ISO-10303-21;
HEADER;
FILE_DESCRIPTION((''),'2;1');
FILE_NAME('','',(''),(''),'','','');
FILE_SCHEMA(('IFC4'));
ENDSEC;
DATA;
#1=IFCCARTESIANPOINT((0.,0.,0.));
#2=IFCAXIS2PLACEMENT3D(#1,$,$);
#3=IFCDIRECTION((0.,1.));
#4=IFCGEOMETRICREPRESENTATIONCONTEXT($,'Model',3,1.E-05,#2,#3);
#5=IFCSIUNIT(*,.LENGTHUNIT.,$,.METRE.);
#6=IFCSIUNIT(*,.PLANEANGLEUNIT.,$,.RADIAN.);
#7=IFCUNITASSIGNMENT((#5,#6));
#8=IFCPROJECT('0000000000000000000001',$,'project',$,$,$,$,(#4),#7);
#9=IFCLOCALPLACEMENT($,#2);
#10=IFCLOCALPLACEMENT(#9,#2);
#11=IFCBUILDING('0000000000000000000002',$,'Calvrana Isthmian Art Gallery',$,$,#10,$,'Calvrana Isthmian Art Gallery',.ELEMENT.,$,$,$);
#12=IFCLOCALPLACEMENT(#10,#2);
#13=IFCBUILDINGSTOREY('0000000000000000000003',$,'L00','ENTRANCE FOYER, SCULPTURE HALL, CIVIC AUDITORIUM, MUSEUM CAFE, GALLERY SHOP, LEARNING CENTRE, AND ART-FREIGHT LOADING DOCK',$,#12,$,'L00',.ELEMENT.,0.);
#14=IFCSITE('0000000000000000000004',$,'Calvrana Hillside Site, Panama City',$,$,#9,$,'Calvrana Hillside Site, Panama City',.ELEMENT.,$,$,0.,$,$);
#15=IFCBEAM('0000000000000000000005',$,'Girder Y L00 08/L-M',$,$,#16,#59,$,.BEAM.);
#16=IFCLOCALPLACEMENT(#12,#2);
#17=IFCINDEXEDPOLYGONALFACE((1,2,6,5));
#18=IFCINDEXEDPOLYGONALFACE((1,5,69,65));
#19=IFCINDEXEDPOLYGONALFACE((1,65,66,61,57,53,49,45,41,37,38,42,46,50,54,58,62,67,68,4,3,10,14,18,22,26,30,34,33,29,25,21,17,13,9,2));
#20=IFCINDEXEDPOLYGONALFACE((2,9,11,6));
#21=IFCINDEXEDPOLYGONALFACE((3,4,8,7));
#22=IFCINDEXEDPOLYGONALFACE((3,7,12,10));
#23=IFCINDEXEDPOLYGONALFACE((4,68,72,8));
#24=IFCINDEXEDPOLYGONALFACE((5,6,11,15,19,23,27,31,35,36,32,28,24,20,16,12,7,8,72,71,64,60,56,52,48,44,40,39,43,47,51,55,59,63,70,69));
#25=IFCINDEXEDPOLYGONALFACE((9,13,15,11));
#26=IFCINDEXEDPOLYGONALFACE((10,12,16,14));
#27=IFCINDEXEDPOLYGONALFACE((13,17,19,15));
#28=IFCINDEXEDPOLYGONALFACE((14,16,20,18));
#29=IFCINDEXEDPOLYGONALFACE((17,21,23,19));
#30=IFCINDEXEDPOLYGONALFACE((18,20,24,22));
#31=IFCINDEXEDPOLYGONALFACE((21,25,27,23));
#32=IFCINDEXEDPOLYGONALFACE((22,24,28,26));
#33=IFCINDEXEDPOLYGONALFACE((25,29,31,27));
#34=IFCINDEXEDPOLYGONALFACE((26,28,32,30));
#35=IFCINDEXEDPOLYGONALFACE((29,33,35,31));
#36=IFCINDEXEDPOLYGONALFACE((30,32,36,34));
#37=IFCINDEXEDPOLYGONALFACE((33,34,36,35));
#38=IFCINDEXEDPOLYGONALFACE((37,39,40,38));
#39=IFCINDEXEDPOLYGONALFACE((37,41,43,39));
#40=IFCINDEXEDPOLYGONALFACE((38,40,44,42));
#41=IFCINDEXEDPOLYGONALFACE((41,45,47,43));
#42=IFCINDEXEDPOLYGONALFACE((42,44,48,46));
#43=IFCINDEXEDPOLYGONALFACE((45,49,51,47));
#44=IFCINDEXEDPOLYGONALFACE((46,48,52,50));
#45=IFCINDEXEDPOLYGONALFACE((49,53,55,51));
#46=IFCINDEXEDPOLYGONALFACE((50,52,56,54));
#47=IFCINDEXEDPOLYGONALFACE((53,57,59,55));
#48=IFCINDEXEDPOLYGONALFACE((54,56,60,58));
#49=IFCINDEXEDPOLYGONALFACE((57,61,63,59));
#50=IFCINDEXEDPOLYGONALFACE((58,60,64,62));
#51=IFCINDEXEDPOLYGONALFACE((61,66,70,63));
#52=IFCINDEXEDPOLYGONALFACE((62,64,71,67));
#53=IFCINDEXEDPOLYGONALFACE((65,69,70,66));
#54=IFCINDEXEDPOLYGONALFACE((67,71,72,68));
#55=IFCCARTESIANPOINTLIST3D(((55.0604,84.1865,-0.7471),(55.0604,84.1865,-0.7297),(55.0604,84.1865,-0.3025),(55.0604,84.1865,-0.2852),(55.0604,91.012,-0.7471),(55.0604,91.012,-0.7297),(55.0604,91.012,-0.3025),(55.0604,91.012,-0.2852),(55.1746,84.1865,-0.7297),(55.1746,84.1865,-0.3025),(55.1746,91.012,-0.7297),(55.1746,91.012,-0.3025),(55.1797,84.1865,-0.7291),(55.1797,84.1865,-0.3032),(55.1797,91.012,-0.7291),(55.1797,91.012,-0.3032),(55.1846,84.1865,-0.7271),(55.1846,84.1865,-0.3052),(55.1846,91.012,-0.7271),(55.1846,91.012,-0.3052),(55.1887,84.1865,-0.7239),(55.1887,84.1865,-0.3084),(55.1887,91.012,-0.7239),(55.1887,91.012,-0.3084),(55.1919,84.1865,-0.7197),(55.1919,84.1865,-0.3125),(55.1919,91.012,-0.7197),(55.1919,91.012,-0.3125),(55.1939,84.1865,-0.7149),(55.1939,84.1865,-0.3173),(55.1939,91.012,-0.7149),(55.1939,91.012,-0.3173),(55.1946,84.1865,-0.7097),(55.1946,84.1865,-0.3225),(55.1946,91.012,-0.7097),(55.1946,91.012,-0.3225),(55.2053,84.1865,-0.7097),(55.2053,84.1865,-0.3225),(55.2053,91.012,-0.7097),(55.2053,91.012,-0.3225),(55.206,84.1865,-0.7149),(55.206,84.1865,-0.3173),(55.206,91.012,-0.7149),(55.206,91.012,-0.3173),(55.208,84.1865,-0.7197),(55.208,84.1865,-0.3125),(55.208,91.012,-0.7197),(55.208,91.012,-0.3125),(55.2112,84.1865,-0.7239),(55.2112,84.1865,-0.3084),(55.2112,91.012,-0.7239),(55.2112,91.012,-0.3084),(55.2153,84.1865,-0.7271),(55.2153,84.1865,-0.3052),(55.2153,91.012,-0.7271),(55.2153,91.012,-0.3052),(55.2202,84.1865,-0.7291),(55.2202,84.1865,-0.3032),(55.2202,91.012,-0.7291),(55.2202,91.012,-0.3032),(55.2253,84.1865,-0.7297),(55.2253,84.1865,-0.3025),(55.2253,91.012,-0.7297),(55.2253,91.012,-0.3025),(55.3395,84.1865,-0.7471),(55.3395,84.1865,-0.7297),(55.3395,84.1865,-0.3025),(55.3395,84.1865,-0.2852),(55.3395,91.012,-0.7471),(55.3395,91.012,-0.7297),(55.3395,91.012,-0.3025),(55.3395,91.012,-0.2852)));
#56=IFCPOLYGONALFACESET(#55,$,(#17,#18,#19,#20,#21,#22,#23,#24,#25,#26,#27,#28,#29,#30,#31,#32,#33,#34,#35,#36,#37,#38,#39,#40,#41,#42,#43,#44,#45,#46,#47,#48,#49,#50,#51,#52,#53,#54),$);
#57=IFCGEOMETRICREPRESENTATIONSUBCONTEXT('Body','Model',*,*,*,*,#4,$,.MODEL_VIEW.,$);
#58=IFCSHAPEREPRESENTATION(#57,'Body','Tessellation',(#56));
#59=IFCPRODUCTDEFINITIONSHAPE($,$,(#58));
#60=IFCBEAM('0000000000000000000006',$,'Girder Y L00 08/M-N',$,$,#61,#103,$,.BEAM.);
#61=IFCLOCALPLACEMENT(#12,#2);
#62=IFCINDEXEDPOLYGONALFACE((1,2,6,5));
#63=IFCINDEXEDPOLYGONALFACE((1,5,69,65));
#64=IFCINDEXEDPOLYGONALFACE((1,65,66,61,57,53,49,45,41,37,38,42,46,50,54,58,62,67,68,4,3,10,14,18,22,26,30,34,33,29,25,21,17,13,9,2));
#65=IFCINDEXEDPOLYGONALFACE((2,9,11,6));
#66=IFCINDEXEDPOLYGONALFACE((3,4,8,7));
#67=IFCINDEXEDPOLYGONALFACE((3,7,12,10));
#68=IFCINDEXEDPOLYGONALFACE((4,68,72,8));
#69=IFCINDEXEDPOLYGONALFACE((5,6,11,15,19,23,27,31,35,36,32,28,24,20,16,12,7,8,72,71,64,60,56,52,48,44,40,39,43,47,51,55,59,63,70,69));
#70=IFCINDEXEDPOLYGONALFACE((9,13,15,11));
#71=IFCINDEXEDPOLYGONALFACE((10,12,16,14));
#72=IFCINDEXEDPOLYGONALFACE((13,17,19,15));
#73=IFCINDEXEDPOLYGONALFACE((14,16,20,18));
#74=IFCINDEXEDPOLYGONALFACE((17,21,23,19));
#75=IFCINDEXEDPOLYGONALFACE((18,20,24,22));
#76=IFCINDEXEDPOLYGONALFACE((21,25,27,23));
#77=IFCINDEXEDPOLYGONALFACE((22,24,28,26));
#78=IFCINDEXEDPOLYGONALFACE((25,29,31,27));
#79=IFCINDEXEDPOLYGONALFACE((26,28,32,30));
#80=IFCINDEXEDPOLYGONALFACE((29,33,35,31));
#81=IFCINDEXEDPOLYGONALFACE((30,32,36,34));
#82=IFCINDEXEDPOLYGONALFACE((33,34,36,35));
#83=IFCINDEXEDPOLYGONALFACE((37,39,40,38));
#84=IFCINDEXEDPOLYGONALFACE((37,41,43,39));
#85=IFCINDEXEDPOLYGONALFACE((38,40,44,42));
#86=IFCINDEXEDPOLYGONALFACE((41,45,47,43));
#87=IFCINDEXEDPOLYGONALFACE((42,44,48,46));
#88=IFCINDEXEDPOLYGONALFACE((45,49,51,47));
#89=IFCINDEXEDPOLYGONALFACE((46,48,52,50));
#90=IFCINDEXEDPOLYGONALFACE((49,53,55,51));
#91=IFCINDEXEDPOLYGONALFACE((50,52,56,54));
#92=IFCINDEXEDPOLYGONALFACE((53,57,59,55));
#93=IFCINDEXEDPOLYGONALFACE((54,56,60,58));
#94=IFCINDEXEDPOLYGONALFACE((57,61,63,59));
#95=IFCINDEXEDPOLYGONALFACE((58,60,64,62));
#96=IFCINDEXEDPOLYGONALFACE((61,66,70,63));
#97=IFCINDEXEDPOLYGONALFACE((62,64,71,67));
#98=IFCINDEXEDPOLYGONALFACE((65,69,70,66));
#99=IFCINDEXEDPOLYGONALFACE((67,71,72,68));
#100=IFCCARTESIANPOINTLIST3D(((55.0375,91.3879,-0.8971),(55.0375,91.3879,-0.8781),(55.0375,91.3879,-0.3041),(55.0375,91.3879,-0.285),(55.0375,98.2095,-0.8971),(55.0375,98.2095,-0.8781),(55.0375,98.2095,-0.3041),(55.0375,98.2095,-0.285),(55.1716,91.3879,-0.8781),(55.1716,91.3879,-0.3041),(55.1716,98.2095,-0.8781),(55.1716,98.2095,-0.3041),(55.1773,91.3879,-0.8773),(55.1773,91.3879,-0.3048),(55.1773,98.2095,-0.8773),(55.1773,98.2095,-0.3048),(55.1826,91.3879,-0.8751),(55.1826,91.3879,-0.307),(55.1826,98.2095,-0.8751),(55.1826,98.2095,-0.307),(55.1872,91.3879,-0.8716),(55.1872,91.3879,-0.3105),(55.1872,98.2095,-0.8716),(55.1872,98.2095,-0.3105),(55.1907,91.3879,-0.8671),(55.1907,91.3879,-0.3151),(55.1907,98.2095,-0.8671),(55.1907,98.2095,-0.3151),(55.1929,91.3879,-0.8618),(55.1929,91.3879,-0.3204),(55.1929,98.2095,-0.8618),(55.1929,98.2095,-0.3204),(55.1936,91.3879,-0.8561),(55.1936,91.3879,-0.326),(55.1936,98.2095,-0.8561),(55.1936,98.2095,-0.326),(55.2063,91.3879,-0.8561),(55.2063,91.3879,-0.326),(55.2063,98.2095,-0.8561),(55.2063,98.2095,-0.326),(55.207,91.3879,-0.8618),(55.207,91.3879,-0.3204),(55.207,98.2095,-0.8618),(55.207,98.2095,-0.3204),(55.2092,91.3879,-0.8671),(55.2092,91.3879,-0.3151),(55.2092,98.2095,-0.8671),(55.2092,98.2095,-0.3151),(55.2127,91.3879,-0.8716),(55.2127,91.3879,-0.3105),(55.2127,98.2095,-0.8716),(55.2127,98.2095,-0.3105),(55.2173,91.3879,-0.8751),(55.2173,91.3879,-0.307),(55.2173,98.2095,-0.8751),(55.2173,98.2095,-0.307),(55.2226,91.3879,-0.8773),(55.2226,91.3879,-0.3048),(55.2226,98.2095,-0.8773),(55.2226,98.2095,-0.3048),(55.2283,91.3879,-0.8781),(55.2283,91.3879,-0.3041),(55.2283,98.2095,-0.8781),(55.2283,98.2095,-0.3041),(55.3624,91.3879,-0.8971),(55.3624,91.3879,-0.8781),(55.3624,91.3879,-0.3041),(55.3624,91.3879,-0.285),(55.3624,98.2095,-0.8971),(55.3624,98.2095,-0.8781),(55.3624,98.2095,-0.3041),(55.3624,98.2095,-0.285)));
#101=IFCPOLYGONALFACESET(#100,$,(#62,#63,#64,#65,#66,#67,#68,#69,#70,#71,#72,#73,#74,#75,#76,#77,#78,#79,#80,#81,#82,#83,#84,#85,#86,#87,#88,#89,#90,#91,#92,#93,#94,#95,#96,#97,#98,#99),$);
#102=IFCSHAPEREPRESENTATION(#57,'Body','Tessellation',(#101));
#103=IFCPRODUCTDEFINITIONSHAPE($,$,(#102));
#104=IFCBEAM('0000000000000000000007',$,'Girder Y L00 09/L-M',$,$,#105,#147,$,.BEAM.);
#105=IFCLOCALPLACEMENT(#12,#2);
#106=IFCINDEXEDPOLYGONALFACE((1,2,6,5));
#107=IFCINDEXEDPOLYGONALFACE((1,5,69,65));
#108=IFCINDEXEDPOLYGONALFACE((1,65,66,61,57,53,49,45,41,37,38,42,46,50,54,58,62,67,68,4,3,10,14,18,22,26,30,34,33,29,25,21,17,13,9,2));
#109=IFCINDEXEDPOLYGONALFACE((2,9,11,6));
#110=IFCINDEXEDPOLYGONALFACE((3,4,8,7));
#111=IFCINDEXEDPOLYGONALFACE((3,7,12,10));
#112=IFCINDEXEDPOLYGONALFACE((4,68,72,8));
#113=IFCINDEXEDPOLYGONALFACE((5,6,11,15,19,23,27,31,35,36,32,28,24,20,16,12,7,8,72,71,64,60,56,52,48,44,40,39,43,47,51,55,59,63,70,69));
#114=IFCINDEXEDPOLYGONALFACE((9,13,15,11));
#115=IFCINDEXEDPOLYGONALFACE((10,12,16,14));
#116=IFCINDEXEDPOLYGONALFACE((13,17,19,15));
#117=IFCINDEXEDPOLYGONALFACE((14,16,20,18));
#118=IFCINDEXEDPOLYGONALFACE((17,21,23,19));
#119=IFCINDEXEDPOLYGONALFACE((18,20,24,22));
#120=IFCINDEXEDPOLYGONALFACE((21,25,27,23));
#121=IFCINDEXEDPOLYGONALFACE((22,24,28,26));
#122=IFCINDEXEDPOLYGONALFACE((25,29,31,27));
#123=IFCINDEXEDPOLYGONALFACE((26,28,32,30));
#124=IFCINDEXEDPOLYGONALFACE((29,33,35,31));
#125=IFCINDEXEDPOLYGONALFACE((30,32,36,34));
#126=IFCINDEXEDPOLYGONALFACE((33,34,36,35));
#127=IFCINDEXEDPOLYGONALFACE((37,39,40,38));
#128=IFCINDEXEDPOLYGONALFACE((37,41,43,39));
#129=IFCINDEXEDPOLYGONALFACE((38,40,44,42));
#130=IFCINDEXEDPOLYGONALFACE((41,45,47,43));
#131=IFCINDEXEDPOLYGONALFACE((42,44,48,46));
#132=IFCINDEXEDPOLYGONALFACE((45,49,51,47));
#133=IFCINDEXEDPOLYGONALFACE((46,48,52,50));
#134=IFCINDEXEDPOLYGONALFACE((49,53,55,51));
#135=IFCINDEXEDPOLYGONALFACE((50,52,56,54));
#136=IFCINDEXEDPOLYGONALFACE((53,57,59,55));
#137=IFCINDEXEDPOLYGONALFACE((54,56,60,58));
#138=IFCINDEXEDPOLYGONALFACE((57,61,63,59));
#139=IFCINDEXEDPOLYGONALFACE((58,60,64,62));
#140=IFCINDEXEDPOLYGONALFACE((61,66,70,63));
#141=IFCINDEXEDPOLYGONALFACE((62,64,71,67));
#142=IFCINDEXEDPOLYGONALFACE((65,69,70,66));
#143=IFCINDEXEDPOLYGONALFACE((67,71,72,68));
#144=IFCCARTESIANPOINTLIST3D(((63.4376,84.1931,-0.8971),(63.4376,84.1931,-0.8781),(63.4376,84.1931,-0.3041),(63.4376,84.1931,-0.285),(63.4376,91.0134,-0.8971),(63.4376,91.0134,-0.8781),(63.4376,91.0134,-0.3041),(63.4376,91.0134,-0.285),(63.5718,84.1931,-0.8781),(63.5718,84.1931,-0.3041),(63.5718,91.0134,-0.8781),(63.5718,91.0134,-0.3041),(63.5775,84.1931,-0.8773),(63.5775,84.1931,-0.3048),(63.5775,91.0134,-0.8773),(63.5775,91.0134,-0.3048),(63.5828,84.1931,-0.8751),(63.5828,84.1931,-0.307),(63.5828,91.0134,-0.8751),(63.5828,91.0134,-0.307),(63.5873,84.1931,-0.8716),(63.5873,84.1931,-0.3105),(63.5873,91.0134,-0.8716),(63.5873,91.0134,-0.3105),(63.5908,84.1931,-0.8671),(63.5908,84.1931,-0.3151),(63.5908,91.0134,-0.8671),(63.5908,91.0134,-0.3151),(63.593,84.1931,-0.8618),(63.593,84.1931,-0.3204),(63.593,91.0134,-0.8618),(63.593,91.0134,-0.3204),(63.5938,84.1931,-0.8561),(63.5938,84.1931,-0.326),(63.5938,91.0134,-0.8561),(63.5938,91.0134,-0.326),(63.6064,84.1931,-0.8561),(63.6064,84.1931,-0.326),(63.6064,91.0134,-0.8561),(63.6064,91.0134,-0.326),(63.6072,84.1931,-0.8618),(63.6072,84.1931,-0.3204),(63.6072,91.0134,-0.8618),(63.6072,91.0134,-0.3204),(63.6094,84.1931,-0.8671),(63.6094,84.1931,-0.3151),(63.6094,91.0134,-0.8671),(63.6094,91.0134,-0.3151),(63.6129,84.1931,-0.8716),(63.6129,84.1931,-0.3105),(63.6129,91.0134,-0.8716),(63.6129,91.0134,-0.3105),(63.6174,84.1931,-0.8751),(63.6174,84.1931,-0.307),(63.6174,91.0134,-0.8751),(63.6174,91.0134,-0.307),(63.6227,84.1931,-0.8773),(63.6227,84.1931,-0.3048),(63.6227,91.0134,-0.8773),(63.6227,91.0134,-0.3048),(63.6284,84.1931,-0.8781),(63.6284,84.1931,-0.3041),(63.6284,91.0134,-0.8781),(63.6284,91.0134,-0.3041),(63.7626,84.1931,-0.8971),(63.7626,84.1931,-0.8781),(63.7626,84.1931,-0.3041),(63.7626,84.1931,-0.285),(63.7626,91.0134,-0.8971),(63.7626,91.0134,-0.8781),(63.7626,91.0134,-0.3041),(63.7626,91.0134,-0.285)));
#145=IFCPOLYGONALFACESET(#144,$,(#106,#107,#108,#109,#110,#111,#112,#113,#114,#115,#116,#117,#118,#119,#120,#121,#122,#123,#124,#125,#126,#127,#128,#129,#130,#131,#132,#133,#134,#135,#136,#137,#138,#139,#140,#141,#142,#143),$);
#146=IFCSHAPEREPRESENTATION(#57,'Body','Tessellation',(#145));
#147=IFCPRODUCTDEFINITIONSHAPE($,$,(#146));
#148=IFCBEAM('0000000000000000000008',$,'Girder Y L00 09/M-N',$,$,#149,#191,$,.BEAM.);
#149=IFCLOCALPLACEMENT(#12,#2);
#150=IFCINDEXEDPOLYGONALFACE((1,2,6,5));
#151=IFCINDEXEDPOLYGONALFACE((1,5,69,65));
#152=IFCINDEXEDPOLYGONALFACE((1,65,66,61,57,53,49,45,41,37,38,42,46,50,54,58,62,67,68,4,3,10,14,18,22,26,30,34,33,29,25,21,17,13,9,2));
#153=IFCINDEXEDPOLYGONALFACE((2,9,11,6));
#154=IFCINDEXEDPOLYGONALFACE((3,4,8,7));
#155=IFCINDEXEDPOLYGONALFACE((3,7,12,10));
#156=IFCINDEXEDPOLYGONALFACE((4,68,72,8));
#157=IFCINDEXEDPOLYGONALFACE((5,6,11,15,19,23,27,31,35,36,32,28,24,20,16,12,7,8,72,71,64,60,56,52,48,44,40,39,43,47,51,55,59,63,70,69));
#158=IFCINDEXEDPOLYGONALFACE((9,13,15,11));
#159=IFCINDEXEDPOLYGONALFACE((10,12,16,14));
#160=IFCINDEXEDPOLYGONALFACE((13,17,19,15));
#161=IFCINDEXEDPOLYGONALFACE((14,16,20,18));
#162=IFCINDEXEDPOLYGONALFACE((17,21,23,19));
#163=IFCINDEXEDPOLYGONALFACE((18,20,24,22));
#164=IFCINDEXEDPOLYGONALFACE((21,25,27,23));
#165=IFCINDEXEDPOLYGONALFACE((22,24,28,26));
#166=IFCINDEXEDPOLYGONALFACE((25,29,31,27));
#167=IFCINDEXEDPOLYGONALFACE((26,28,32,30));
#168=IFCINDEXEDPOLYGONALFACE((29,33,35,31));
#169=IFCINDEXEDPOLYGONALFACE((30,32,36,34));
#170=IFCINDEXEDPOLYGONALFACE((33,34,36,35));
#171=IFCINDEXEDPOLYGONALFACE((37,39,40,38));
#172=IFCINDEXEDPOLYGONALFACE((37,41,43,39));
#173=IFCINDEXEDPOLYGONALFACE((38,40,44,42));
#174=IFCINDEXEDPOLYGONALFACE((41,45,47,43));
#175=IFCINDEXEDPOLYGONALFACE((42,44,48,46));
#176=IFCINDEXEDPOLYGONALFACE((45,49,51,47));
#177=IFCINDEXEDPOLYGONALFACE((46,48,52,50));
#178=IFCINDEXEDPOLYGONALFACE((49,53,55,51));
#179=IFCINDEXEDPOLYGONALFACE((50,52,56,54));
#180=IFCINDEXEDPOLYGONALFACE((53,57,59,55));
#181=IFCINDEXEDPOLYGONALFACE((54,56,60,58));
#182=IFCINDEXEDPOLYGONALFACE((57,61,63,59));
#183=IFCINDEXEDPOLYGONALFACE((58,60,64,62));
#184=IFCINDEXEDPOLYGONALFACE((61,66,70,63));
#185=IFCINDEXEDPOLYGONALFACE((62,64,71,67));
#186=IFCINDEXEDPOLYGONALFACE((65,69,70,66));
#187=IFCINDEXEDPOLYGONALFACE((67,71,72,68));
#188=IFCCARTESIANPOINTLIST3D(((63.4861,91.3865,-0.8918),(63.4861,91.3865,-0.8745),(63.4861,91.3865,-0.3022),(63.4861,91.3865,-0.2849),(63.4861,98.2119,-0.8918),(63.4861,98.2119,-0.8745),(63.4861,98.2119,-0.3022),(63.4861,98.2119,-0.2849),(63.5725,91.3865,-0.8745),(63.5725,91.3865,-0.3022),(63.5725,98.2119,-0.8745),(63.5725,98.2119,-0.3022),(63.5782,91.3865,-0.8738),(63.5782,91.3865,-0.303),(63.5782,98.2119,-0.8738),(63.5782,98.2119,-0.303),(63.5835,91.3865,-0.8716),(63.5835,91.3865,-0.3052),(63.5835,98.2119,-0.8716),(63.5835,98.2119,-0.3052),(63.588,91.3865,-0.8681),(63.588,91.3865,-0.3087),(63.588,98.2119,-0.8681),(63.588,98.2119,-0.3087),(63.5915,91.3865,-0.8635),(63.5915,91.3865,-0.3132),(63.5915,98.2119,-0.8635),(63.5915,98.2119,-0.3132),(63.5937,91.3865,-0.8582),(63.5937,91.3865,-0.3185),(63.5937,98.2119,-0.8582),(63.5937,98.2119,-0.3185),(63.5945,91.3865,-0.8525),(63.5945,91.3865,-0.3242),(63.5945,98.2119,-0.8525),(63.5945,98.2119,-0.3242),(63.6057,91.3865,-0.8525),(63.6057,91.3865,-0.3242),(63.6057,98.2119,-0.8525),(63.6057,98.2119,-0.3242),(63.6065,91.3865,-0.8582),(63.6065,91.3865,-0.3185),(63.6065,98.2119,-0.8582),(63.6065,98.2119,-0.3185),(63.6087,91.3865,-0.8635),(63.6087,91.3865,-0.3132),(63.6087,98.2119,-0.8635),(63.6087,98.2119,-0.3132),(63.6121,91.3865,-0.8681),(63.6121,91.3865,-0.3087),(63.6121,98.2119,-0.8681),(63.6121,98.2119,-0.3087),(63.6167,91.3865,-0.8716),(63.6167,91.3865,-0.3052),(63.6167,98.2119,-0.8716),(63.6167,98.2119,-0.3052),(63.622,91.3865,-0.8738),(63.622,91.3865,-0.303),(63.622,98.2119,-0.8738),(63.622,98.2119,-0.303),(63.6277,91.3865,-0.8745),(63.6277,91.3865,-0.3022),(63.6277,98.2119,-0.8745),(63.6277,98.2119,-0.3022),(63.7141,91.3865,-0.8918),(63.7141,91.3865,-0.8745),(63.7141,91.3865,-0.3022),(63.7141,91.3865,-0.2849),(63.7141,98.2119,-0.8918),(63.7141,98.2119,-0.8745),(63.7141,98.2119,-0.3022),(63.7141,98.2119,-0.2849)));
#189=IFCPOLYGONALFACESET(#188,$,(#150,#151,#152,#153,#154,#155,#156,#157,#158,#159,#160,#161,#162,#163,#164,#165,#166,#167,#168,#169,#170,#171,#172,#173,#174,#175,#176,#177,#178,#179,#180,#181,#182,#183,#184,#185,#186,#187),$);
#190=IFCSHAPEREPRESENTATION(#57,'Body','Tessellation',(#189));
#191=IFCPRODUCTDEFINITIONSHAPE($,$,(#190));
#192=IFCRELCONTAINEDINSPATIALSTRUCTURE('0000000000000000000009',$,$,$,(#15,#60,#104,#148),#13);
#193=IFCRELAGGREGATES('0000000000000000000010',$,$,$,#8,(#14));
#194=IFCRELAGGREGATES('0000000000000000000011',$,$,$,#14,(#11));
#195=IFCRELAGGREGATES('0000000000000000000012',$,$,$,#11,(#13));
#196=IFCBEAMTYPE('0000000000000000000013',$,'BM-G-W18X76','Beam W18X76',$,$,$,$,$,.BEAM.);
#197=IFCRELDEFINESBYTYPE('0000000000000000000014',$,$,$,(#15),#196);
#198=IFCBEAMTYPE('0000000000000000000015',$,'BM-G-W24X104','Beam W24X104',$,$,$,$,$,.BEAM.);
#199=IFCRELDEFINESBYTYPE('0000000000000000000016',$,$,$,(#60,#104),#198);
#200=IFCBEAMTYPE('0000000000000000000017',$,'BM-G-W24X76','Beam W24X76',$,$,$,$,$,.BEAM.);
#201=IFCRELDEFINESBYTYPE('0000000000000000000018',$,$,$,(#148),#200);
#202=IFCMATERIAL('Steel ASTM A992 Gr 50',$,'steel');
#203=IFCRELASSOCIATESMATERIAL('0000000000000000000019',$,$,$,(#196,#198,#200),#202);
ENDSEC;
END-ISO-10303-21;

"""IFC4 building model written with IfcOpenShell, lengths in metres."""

from ifc_helpers import new_model, si_unit, direction, frame, origin, origin_2d, place, context, subcontext, project, spatial, i_section, extrude, material, material_profile, profile_set, type_object, element, save


model = new_model("IFC4")

# Units and contexts
model_context = context("Model", 3, precision=1e-05, world=origin(), true_north=direction((0.0, 1.0)))
body_context = subcontext(model_context, "Body", "Model", "MODEL_VIEW")
ifc_project = project(units=[si_unit("LENGTHUNIT", "METRE"), si_unit("PLANEANGLEUNIT", "RADIAN")], contexts=[model_context])

# Site, building, storey
site_placement = place(None, origin())
site = spatial("IfcSite", under=ifc_project, at=site_placement, Name="Calvrana Hillside Site, Panama City", LongName="Calvrana Hillside Site, Panama City", CompositionType="ELEMENT", RefElevation=0.0)
building_placement = place(site_placement, origin())
building = spatial("IfcBuilding", under=site, at=building_placement, Name="Calvrana Isthmian Art Gallery", LongName="Calvrana Isthmian Art Gallery", CompositionType="ELEMENT")
storey_placement = place(building_placement, origin())
storey = spatial("IfcBuildingStorey", under=building, at=storey_placement, Name="L00", Description="ENTRANCE FOYER, SCULPTURE HALL, CIVIC AUDITORIUM, MUSEUM CAFE, GALLERY SHOP, LEARNING CENTRE, AND ART-FREIGHT LOADING DOCK", LongName="L00", CompositionType="ELEMENT", Elevation=0.0)

# Shared definitions
ifc_material_1 = material(Name="Steel ASTM A992 Gr 50", Category="steel")

# Beams
ifc_material_profile_1 = material_profile(ifc_material_1, i_section(OverallWidth=0.2791, OverallDepth=0.4619, WebThickness=0.0107, FlangeThickness=0.0173, FilletRadius=0.02, at=origin_2d()), Name="W18X76")
ifc_profile_set_1 = profile_set([ifc_material_profile_1], Name="Steel ASTM A992 Gr 50")
beam_type_1 = type_object("IfcBeamType", Name="BM-G-W18X76", Description="Beam W18X76", PredefinedType="BEAM", material=ifc_profile_set_1)
beam_1_placement = place(storey_placement, frame((55.2, 84.1865, -0.5161), z_axis=(0.0, 1.0, 0.0), x_axis=(-1.0, 0.0, 0.0)))
element("IfcBeam", 1, at=beam_1_placement, inside=storey, type_object=beam_type_1, Name="Girder Y L00 08/L-M", PredefinedType="BEAM", context=body_context, shape_type="SweptSolid", body=[
    extrude(i_section(OverallWidth=0.2791, OverallDepth=0.4619, WebThickness=0.0107, FlangeThickness=0.0173, FilletRadius=0.02, at=origin_2d()), origin(), (0.0, 0.0, 1.0), 6.8254),
])
ifc_material_profile_2 = material_profile(ifc_material_1, i_section(OverallWidth=0.325, OverallDepth=0.6121, WebThickness=0.0127, FlangeThickness=0.019, FilletRadius=0.022, at=origin_2d()), Name="W24X104")
ifc_profile_set_2 = profile_set([ifc_material_profile_2], Name="Steel ASTM A992 Gr 50")
beam_type_2 = type_object("IfcBeamType", Name="BM-G-W24X104", Description="Beam W24X104", PredefinedType="BEAM", material=ifc_profile_set_2)
beam_2_placement = place(storey_placement, frame((55.2, 91.3879, -0.5911), z_axis=(0.0, 1.0, 0.0), x_axis=(-1.0, 0.0, 0.0)))
element("IfcBeam", 2, at=beam_2_placement, inside=storey, type_object=beam_type_2, Name="Girder Y L00 08/M-N", PredefinedType="BEAM", context=body_context, shape_type="SweptSolid", body=[
    extrude(i_section(OverallWidth=0.325, OverallDepth=0.6121, WebThickness=0.0127, FlangeThickness=0.019, FilletRadius=0.022, at=origin_2d()), origin(), (0.0, 0.0, 1.0), 6.8215),
])
beam_3_placement = place(storey_placement, frame((63.6001, 84.1931, -0.5911), z_axis=(0.0, 1.0, 0.0), x_axis=(-1.0, 0.0, 0.0)))
element("IfcBeam", 3, at=beam_3_placement, inside=storey, type_object=beam_type_2, Name="Girder Y L00 09/L-M", PredefinedType="BEAM", context=body_context, shape_type="SweptSolid", body=[
    extrude(i_section(OverallWidth=0.325, OverallDepth=0.6121, WebThickness=0.0127, FlangeThickness=0.019, FilletRadius=0.022, at=origin_2d()), origin(), (0.0, 0.0, 1.0), 6.8203),
])
ifc_material_profile_3 = material_profile(ifc_material_1, i_section(OverallWidth=0.228, OverallDepth=0.6069, WebThickness=0.0112, FlangeThickness=0.0173, FilletRadius=0.022, at=origin_2d()), Name="W24X76")
ifc_profile_set_3 = profile_set([ifc_material_profile_3], Name="Steel ASTM A992 Gr 50")
beam_type_3 = type_object("IfcBeamType", Name="BM-G-W24X76", Description="Beam W24X76", PredefinedType="BEAM", material=ifc_profile_set_3)
beam_4_placement = place(storey_placement, frame((63.6001, 91.3865, -0.5884), z_axis=(0.0, 1.0, 0.0), x_axis=(-1.0, 0.0, 0.0)))
element("IfcBeam", 4, at=beam_4_placement, inside=storey, type_object=beam_type_3, Name="Girder Y L00 09/M-N", PredefinedType="BEAM", context=body_context, shape_type="SweptSolid", body=[
    extrude(i_section(OverallWidth=0.228, OverallDepth=0.6069, WebThickness=0.0112, FlangeThickness=0.0173, FilletRadius=0.022, at=origin_2d()), origin(), (0.0, 0.0, 1.0), 6.8254),
])

save(model, "model.ifc")
